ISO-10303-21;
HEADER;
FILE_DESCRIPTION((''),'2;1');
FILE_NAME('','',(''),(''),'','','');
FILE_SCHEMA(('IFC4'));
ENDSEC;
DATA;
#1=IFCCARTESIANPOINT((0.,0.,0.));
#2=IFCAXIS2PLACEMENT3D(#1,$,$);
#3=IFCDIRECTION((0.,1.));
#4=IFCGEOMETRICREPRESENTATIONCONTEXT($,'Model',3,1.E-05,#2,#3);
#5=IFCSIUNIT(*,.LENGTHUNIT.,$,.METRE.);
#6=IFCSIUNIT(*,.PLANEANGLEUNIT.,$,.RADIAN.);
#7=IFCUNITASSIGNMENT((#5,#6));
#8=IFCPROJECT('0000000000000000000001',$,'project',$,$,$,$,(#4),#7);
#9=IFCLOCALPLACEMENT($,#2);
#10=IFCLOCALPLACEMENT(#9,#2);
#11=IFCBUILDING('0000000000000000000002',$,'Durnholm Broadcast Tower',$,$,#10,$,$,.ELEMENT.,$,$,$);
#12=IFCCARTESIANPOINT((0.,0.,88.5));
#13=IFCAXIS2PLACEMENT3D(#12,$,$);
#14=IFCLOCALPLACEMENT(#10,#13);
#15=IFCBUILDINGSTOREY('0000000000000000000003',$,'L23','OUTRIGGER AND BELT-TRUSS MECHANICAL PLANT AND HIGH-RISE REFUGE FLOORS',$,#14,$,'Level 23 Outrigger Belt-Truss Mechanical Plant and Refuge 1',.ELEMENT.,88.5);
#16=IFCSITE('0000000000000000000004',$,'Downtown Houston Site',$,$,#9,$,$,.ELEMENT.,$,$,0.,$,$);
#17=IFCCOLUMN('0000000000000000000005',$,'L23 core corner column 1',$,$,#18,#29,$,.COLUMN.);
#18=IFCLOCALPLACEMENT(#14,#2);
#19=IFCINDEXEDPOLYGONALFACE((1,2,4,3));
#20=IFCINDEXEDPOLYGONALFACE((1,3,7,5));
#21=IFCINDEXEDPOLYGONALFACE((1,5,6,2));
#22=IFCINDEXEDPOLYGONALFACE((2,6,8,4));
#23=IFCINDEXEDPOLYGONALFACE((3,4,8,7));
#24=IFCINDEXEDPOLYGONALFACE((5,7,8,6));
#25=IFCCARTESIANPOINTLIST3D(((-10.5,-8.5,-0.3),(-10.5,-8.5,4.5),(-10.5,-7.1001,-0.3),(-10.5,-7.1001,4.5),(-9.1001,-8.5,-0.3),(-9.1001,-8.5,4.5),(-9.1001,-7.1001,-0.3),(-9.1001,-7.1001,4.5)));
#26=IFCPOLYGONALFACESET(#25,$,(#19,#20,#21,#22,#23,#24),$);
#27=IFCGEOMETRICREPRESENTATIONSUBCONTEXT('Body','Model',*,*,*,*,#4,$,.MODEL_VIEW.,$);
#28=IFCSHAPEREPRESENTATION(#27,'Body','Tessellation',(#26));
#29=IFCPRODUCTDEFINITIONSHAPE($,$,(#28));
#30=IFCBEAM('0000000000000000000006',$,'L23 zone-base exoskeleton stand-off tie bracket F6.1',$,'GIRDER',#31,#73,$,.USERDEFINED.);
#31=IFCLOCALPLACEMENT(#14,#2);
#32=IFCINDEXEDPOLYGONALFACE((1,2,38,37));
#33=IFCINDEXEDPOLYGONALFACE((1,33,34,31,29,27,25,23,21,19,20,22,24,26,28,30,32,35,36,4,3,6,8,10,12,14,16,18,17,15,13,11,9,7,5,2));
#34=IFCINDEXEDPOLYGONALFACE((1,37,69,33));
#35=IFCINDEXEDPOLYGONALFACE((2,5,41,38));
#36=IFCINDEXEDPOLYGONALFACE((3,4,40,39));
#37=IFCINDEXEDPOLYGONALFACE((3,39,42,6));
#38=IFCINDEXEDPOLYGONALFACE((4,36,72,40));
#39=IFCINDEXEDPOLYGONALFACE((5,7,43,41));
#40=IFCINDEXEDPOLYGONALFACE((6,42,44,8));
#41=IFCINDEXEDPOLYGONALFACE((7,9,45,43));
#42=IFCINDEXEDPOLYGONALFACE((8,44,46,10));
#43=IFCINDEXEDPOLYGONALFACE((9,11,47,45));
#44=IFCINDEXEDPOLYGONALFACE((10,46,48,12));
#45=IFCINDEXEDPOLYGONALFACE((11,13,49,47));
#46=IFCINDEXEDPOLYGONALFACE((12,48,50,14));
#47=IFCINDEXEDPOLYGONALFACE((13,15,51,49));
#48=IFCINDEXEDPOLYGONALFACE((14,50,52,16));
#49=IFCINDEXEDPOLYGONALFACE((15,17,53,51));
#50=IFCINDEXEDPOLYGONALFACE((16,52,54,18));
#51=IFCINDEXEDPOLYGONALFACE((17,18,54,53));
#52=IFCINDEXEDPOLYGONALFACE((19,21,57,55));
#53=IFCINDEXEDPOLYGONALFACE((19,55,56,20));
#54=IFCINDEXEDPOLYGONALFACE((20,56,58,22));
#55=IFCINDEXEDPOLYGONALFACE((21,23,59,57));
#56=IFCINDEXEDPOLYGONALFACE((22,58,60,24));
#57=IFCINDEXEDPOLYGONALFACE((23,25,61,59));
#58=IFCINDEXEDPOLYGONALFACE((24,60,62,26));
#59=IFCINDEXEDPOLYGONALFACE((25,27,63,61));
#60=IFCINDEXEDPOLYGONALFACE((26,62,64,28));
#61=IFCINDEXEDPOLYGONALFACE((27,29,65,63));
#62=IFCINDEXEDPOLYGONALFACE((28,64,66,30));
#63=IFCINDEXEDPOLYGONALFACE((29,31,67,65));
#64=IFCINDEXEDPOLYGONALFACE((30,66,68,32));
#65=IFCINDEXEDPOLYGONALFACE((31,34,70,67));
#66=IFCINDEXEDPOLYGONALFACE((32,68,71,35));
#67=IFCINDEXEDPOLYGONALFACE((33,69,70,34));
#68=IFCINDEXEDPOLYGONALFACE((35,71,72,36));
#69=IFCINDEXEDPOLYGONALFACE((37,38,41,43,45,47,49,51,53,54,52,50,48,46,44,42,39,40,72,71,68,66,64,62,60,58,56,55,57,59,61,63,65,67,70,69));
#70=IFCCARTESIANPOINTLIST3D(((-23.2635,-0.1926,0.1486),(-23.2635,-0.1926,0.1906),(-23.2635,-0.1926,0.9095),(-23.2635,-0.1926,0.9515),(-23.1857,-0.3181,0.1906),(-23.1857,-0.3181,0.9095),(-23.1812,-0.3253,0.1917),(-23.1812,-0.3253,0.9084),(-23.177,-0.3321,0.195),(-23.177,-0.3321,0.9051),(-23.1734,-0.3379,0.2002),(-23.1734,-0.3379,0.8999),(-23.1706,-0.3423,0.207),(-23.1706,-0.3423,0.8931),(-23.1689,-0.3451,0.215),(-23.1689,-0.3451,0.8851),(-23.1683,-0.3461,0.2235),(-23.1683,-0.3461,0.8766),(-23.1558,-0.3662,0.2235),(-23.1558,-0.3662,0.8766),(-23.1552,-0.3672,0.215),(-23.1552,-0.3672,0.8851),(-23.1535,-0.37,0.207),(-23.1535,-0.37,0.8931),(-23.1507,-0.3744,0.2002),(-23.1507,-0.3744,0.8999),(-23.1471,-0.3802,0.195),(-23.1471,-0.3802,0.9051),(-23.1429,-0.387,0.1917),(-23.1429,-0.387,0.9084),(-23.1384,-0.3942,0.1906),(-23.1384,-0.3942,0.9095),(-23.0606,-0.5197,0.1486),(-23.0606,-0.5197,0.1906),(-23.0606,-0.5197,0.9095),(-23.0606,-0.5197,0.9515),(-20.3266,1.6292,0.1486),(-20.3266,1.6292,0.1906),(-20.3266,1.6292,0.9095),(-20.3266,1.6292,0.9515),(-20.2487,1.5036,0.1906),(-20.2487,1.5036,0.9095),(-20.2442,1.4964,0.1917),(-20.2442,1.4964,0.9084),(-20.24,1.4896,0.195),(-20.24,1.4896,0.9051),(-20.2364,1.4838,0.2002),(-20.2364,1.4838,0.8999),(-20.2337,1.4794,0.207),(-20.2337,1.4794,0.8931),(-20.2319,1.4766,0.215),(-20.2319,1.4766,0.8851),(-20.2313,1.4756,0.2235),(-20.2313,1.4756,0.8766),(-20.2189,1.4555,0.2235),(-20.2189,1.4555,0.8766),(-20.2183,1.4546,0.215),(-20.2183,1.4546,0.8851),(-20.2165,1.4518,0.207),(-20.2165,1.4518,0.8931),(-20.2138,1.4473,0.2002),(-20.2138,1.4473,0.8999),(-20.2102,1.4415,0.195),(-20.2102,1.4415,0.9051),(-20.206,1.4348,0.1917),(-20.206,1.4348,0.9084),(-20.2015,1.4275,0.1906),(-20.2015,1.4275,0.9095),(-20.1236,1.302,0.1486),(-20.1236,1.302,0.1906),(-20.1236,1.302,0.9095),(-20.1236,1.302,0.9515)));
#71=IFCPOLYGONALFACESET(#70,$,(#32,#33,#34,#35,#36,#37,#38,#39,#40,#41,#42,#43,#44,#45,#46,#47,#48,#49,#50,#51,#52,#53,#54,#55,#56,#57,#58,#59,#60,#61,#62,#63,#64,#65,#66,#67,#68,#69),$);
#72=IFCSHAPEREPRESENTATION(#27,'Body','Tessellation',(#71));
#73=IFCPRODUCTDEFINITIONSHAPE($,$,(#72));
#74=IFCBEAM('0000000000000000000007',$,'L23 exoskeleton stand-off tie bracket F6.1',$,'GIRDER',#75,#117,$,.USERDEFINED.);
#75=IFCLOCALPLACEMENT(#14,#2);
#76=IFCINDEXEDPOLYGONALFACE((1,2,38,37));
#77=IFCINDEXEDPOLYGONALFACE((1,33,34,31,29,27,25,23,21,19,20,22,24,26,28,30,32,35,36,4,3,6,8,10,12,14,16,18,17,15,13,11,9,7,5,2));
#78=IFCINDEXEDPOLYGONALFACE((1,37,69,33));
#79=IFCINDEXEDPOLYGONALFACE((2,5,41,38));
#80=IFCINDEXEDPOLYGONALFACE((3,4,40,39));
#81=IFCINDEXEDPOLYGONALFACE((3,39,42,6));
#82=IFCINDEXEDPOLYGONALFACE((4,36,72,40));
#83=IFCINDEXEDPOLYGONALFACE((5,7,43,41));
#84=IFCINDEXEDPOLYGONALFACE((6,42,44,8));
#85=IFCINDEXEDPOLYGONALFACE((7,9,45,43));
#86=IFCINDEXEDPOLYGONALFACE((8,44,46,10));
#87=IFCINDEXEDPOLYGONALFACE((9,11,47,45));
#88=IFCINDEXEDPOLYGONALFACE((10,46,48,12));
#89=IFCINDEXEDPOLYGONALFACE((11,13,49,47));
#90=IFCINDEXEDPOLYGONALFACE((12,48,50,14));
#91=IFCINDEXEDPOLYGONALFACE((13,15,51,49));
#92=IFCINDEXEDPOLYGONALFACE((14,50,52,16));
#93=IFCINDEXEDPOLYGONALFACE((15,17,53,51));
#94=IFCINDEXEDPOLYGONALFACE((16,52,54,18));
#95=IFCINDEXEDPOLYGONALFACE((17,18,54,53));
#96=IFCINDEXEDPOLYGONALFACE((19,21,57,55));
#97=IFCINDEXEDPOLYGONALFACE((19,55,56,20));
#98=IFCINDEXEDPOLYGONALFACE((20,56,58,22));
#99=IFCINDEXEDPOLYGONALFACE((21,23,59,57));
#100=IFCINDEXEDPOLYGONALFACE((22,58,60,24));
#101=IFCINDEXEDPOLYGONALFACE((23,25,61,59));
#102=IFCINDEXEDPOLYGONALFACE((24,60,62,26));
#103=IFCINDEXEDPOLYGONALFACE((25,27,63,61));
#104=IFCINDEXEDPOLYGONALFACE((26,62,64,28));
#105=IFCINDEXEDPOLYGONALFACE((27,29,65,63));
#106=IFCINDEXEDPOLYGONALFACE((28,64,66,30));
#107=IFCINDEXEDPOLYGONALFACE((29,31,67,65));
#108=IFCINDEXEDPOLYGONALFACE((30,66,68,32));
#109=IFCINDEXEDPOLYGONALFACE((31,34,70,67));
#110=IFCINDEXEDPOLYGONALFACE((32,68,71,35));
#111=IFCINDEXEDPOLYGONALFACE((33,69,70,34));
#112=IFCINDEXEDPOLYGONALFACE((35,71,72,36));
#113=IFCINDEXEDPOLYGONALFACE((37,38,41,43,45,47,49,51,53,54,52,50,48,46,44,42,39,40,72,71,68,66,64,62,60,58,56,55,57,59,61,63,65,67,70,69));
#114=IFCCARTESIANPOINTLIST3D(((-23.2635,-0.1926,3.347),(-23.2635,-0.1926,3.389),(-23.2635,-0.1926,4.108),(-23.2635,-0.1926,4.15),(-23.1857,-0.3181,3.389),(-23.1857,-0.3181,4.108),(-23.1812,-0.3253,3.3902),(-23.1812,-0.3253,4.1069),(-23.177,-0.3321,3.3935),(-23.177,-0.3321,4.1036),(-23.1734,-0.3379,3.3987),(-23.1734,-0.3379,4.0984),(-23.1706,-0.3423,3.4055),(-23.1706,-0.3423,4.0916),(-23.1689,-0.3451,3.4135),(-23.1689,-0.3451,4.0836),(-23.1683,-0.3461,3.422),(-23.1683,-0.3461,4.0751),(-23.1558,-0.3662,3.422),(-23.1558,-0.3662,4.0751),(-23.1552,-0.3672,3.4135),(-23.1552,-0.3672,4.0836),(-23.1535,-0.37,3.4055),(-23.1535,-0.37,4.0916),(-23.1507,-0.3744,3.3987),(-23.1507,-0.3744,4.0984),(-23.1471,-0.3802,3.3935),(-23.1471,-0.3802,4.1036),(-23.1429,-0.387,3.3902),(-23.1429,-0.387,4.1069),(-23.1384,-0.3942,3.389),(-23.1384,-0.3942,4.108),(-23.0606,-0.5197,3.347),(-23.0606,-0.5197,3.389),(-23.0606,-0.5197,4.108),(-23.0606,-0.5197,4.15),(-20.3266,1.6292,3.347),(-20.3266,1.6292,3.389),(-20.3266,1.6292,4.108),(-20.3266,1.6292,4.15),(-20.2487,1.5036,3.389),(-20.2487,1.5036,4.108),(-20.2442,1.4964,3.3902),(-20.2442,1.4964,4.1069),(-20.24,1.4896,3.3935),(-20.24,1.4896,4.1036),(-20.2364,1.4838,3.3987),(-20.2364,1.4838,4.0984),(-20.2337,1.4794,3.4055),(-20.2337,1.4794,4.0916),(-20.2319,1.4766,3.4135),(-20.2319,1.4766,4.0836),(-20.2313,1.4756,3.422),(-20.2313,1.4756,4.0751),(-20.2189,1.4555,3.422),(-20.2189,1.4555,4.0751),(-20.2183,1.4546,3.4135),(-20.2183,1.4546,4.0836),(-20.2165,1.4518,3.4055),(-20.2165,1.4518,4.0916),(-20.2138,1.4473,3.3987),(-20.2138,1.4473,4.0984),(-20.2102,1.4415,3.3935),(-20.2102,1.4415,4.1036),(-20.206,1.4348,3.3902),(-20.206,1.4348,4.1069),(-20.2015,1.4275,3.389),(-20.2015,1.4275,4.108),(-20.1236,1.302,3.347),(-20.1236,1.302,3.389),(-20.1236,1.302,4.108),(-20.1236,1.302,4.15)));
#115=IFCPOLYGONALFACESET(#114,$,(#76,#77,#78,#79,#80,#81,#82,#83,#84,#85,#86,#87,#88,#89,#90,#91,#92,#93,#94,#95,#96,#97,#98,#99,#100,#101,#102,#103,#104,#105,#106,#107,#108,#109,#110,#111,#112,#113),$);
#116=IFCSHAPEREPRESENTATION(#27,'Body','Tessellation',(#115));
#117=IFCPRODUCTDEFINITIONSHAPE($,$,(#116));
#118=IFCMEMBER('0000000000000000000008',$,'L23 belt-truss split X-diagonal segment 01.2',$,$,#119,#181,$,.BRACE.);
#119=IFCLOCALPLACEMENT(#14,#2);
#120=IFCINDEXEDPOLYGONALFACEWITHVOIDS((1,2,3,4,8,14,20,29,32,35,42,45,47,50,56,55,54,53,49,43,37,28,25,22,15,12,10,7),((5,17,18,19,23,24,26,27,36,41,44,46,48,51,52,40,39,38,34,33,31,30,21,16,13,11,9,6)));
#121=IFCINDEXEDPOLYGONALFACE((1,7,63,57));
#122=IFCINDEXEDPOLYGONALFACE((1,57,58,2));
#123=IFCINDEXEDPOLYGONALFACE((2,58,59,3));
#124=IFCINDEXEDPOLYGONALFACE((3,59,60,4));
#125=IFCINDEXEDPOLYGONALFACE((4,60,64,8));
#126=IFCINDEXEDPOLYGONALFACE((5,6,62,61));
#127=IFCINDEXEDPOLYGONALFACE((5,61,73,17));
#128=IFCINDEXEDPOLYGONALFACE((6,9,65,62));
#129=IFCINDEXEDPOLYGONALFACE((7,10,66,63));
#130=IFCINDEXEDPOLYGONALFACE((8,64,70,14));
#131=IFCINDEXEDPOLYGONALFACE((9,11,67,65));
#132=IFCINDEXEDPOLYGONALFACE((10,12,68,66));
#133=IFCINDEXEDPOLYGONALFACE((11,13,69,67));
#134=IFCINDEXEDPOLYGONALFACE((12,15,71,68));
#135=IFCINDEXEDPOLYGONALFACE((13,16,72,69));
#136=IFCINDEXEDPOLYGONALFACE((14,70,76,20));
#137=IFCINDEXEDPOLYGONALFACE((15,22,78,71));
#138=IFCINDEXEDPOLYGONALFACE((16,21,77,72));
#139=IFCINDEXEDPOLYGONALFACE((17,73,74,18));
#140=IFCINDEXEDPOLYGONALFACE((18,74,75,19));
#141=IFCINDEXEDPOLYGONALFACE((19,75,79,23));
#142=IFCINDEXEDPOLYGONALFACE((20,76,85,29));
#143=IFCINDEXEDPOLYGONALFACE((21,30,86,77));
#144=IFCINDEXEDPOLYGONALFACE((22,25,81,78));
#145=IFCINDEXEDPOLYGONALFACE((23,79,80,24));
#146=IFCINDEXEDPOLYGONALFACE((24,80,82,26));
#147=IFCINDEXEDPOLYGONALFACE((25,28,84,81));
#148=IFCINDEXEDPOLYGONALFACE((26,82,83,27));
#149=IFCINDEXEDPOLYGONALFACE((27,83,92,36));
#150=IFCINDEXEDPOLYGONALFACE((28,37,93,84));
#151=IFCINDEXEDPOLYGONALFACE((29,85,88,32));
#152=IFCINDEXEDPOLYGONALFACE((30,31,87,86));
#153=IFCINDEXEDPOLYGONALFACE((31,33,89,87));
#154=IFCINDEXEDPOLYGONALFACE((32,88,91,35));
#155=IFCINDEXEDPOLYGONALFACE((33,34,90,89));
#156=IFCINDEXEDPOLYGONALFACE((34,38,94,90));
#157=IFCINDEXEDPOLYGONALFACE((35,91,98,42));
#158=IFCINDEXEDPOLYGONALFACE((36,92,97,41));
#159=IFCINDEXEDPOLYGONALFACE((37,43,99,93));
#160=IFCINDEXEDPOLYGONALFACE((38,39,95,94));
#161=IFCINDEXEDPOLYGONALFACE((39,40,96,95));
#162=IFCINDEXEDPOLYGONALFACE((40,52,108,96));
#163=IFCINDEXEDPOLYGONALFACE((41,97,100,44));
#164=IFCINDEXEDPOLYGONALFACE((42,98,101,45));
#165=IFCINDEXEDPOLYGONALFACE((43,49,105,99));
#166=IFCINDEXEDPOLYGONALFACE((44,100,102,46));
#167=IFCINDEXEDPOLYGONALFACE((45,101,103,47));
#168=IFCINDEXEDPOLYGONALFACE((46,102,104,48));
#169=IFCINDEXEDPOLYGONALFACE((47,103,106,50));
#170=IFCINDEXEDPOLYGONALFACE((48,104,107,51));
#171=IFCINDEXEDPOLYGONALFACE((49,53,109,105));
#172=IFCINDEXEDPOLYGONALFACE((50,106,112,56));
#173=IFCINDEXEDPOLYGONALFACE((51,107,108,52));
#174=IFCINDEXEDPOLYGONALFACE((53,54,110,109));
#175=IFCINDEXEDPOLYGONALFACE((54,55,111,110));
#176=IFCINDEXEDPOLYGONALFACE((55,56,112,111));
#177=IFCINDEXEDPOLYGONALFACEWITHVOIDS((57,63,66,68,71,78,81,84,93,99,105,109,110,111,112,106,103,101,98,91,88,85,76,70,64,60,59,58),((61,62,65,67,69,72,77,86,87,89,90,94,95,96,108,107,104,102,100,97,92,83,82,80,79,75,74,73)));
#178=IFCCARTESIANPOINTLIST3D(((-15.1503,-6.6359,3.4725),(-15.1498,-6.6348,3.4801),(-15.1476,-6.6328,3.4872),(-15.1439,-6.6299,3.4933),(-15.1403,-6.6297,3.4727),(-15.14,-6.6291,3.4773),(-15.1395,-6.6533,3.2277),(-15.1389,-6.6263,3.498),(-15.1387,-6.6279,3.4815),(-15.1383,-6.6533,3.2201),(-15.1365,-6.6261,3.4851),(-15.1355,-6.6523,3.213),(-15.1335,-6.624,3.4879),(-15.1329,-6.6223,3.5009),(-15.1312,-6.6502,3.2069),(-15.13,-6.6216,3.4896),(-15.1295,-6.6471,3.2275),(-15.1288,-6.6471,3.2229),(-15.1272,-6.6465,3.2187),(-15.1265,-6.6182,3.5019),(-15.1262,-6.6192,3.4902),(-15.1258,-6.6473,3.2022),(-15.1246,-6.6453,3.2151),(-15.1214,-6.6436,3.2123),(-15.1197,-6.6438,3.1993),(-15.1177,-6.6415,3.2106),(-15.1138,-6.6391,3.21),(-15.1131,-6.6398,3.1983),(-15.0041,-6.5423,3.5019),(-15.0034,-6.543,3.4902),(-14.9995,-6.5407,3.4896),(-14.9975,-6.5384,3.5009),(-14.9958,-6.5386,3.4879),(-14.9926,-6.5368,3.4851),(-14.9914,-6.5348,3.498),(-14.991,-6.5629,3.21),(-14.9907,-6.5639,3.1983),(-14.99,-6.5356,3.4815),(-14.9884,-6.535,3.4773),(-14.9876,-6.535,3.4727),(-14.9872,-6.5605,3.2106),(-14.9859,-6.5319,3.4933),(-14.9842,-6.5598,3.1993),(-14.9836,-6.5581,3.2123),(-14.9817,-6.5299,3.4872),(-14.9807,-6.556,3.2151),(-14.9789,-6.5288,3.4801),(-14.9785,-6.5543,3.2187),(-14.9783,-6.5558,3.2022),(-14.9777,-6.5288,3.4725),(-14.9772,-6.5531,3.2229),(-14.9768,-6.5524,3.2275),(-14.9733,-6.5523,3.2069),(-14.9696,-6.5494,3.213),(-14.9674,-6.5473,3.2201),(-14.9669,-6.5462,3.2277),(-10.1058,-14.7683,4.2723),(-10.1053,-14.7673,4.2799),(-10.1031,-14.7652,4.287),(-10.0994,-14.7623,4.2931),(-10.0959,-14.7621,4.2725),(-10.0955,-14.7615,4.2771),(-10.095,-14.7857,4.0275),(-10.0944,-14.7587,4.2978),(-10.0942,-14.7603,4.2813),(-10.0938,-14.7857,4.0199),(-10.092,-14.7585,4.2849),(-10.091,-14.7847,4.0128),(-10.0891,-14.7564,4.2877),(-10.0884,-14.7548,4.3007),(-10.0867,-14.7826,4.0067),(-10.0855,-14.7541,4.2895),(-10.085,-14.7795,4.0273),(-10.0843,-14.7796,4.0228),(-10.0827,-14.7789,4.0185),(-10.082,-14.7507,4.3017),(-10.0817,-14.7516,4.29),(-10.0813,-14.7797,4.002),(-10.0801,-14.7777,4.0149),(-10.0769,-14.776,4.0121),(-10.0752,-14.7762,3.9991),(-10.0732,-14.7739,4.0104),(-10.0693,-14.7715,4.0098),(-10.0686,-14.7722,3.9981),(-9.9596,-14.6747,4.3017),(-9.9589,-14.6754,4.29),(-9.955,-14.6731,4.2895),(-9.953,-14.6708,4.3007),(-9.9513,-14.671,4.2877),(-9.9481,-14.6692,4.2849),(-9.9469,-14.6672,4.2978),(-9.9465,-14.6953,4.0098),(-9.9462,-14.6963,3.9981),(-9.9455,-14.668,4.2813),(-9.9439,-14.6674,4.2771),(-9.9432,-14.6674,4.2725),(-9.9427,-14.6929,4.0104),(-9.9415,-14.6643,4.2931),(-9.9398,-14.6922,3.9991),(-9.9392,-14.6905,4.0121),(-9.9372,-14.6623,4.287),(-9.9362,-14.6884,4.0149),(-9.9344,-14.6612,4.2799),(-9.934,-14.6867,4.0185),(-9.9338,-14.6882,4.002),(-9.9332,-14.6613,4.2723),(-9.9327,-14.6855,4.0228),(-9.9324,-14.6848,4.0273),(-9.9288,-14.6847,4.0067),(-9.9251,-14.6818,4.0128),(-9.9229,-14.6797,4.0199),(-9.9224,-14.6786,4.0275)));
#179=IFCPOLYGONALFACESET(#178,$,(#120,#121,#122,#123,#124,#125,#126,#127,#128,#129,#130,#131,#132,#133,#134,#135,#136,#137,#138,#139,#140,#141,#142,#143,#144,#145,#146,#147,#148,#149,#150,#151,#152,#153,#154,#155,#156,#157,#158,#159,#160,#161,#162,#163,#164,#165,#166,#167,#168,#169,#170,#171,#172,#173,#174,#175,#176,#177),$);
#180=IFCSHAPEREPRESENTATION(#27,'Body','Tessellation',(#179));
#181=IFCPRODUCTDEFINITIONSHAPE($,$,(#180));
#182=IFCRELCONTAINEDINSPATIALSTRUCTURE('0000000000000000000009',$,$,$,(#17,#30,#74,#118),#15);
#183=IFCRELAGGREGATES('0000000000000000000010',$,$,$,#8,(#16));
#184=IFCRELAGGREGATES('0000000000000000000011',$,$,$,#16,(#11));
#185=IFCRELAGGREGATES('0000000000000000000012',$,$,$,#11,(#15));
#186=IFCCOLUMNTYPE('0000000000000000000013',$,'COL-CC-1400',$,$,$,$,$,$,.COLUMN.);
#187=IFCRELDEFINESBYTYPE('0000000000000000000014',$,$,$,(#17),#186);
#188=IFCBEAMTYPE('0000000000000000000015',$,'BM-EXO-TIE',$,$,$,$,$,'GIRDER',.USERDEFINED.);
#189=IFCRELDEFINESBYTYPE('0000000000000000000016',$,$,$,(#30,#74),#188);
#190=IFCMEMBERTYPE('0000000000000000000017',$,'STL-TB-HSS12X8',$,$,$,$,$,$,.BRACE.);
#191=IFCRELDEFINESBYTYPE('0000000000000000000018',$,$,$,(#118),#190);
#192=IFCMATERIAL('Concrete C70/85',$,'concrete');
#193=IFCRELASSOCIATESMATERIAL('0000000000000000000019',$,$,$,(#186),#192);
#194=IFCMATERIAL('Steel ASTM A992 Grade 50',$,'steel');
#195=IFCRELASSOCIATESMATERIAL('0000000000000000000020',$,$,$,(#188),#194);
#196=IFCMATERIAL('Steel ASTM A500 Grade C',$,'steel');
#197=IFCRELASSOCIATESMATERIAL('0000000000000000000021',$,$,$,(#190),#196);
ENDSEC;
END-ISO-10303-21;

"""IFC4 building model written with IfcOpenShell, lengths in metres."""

from ifc_helpers import new_model, si_unit, direction, frame, origin, origin_2d, place, context, subcontext, project, spatial, rectangle, hollow_rectangle, i_section, extrude, source, transform, mapped, material, material_profile, profile_set, type_object, type_shapes, element, save


model = new_model("IFC4")

# Units and contexts
model_context = context("Model", 3, precision=1e-05, world=origin(), true_north=direction((0.0, 1.0)))
body_context = subcontext(model_context, "Body", "Model", "MODEL_VIEW")
ifc_project = project(units=[si_unit("LENGTHUNIT", "METRE"), si_unit("PLANEANGLEUNIT", "RADIAN")], contexts=[model_context])

# Site, building, storey
site_placement = place(None, origin())
site = spatial("IfcSite", under=ifc_project, at=site_placement, Name="Downtown Houston Site", CompositionType="ELEMENT", RefElevation=0.0)
building_placement = place(site_placement, origin())
building = spatial("IfcBuilding", under=site, at=building_placement, Name="Durnholm Broadcast Tower", CompositionType="ELEMENT")
storey_placement = place(building_placement, frame((0.0, 0.0, 88.5)))
storey = spatial("IfcBuildingStorey", under=building, at=storey_placement, Name="L23", Description="OUTRIGGER AND BELT-TRUSS MECHANICAL PLANT AND HIGH-RISE REFUGE FLOORS", LongName="Level 23 Outrigger Belt-Truss Mechanical Plant and Refuge 1", CompositionType="ELEMENT", Elevation=88.5)

# Column
ifc_material_1 = material(Name="Concrete C70/85", Category="concrete")
ifc_material_profile_1 = material_profile(ifc_material_1, rectangle(XDim=1.3999, YDim=1.3999, at=origin_2d()), Name="RC1400X1400")
ifc_profile_set_1 = profile_set([ifc_material_profile_1], Name="Concrete C70/85")
column_type = type_object("IfcColumnType", Name="COL-CC-1400", PredefinedType="COLUMN", material=ifc_profile_set_1)
shared_shape_1 = source(origin(), body_context, "Body", "SweptSolid", [
    extrude(rectangle(XDim=1.3999, YDim=1.3999, at=origin_2d()), origin(), (0.0, 0.0, 1.0), 4.8),
])
type_shapes(column_type, [shared_shape_1])
column_placement = place(storey_placement, frame((-9.8, -7.8, -0.3), z_axis=(0.0, 0.0, 1.0), x_axis=(1.0, 0.0, 0.0)))
element("IfcColumn", 1, at=column_placement, inside=storey, type_object=column_type, Name="L23 core corner column 1", PredefinedType="COLUMN", context=body_context, shape_type="MappedRepresentation", body=[
    mapped(shared_shape_1, transform((0.0, 0.0, 0.0), x_axis=(1.0, 0.0, 0.0), y_axis=(0.0, 1.0, 0.0), z_axis=(0.0, 0.0, 1.0), scale=1.0)),
])

# Beams
ifc_material_2 = material(Name="Steel ASTM A992 Grade 50", Category="steel")
ifc_material_profile_2 = material_profile(ifc_material_2, i_section(OverallWidth=0.385, OverallDepth=0.803, WebThickness=0.0237, FlangeThickness=0.042, FilletRadius=0.033, at=origin_2d()), Name="W30X261")
ifc_profile_set_2 = profile_set([ifc_material_profile_2], Name="Steel ASTM A992 Grade 50")
beam_type = type_object("IfcBeamType", Name="BM-EXO-TIE", ElementType="GIRDER", PredefinedType="USERDEFINED", material=ifc_profile_set_2)
shared_shape_2 = source(origin(), body_context, "Body", "SweptSolid", [
    extrude(i_section(OverallWidth=0.385, OverallDepth=0.803, WebThickness=0.0237, FlangeThickness=0.042, FilletRadius=0.033, at=origin_2d()), origin(), (0.0, 0.0, 1.0), 3.4561),
])
for number, where, z_axis, x_axis, name in (
    (2, (-20.2251, 1.4656, 0.55), (-0.849795, -0.527113, 0.0), (0.527113, -0.849795, 0.0), "L23 zone-base exoskeleton stand-off tie bracket F6.1"),
    (3, (-20.2251, 1.4656, 3.7485), (-0.849795, -0.527113, 0.0), (0.527113, -0.849795, 0.0), "L23 exoskeleton stand-off tie bracket F6.1"),
):
    element("IfcBeam", number, at=place(storey_placement, frame(where, z_axis=z_axis, x_axis=x_axis)), inside=storey, type_object=beam_type, Name=name, ObjectType="GIRDER", PredefinedType="USERDEFINED", context=body_context, shape_type="MappedRepresentation", body=[
        mapped(shared_shape_2, transform((0.0, 0.0, 0.0), x_axis=(1.0, 0.0, 0.0), y_axis=(0.0, 1.0, 0.0), z_axis=(0.0, 0.0, 1.0), scale=1.0)),
    ])

# Member
ifc_material_3 = material(Name="Steel ASTM A500 Grade C", Category="steel")
ifc_material_profile_3 = material_profile(ifc_material_3, hollow_rectangle(XDim=0.2031, YDim=0.3047, WallThickness=0.0117, InnerFilletRadius=0.0176, OuterFilletRadius=0.0295, at=origin_2d()), Name="HSS12X8X1/2")
ifc_profile_set_3 = profile_set([ifc_material_profile_3], Name="Steel ASTM A500 Grade C")
member_type_1 = type_object("IfcMemberType", Name="STL-TB-HSS12X8", PredefinedType="BRACE", material=ifc_profile_set_3)
shared_shape_3 = source(origin(), body_context, "Body", "SweptSolid", [
    extrude(hollow_rectangle(XDim=0.2031, YDim=0.3047, WallThickness=0.0117, InnerFilletRadius=0.0176, OuterFilletRadius=0.0295, at=origin_2d()), origin(), (0.0, 0.0, 1.0), 9.6033),
])
type_shapes(member_type_1, [shared_shape_3])
member_placement = place(storey_placement, frame((-15.0586, -6.5911, 3.3501), z_axis=(0.525289, -0.846838, 0.083286), x_axis=(0.849791, 0.52712, 0.0)))
element("IfcMember", 4, at=member_placement, inside=storey, type_object=member_type_1, Name="L23 belt-truss split X-diagonal segment 01.2", PredefinedType="BRACE", context=body_context, shape_type="MappedRepresentation", body=[
    mapped(shared_shape_3, transform((0.0, 0.0, 0.0), x_axis=(1.0, 0.0, 0.0), y_axis=(0.0, 1.0, 0.0), z_axis=(0.0, 0.0, 1.0), scale=1.0)),
])

save(model, "model.ifc")
